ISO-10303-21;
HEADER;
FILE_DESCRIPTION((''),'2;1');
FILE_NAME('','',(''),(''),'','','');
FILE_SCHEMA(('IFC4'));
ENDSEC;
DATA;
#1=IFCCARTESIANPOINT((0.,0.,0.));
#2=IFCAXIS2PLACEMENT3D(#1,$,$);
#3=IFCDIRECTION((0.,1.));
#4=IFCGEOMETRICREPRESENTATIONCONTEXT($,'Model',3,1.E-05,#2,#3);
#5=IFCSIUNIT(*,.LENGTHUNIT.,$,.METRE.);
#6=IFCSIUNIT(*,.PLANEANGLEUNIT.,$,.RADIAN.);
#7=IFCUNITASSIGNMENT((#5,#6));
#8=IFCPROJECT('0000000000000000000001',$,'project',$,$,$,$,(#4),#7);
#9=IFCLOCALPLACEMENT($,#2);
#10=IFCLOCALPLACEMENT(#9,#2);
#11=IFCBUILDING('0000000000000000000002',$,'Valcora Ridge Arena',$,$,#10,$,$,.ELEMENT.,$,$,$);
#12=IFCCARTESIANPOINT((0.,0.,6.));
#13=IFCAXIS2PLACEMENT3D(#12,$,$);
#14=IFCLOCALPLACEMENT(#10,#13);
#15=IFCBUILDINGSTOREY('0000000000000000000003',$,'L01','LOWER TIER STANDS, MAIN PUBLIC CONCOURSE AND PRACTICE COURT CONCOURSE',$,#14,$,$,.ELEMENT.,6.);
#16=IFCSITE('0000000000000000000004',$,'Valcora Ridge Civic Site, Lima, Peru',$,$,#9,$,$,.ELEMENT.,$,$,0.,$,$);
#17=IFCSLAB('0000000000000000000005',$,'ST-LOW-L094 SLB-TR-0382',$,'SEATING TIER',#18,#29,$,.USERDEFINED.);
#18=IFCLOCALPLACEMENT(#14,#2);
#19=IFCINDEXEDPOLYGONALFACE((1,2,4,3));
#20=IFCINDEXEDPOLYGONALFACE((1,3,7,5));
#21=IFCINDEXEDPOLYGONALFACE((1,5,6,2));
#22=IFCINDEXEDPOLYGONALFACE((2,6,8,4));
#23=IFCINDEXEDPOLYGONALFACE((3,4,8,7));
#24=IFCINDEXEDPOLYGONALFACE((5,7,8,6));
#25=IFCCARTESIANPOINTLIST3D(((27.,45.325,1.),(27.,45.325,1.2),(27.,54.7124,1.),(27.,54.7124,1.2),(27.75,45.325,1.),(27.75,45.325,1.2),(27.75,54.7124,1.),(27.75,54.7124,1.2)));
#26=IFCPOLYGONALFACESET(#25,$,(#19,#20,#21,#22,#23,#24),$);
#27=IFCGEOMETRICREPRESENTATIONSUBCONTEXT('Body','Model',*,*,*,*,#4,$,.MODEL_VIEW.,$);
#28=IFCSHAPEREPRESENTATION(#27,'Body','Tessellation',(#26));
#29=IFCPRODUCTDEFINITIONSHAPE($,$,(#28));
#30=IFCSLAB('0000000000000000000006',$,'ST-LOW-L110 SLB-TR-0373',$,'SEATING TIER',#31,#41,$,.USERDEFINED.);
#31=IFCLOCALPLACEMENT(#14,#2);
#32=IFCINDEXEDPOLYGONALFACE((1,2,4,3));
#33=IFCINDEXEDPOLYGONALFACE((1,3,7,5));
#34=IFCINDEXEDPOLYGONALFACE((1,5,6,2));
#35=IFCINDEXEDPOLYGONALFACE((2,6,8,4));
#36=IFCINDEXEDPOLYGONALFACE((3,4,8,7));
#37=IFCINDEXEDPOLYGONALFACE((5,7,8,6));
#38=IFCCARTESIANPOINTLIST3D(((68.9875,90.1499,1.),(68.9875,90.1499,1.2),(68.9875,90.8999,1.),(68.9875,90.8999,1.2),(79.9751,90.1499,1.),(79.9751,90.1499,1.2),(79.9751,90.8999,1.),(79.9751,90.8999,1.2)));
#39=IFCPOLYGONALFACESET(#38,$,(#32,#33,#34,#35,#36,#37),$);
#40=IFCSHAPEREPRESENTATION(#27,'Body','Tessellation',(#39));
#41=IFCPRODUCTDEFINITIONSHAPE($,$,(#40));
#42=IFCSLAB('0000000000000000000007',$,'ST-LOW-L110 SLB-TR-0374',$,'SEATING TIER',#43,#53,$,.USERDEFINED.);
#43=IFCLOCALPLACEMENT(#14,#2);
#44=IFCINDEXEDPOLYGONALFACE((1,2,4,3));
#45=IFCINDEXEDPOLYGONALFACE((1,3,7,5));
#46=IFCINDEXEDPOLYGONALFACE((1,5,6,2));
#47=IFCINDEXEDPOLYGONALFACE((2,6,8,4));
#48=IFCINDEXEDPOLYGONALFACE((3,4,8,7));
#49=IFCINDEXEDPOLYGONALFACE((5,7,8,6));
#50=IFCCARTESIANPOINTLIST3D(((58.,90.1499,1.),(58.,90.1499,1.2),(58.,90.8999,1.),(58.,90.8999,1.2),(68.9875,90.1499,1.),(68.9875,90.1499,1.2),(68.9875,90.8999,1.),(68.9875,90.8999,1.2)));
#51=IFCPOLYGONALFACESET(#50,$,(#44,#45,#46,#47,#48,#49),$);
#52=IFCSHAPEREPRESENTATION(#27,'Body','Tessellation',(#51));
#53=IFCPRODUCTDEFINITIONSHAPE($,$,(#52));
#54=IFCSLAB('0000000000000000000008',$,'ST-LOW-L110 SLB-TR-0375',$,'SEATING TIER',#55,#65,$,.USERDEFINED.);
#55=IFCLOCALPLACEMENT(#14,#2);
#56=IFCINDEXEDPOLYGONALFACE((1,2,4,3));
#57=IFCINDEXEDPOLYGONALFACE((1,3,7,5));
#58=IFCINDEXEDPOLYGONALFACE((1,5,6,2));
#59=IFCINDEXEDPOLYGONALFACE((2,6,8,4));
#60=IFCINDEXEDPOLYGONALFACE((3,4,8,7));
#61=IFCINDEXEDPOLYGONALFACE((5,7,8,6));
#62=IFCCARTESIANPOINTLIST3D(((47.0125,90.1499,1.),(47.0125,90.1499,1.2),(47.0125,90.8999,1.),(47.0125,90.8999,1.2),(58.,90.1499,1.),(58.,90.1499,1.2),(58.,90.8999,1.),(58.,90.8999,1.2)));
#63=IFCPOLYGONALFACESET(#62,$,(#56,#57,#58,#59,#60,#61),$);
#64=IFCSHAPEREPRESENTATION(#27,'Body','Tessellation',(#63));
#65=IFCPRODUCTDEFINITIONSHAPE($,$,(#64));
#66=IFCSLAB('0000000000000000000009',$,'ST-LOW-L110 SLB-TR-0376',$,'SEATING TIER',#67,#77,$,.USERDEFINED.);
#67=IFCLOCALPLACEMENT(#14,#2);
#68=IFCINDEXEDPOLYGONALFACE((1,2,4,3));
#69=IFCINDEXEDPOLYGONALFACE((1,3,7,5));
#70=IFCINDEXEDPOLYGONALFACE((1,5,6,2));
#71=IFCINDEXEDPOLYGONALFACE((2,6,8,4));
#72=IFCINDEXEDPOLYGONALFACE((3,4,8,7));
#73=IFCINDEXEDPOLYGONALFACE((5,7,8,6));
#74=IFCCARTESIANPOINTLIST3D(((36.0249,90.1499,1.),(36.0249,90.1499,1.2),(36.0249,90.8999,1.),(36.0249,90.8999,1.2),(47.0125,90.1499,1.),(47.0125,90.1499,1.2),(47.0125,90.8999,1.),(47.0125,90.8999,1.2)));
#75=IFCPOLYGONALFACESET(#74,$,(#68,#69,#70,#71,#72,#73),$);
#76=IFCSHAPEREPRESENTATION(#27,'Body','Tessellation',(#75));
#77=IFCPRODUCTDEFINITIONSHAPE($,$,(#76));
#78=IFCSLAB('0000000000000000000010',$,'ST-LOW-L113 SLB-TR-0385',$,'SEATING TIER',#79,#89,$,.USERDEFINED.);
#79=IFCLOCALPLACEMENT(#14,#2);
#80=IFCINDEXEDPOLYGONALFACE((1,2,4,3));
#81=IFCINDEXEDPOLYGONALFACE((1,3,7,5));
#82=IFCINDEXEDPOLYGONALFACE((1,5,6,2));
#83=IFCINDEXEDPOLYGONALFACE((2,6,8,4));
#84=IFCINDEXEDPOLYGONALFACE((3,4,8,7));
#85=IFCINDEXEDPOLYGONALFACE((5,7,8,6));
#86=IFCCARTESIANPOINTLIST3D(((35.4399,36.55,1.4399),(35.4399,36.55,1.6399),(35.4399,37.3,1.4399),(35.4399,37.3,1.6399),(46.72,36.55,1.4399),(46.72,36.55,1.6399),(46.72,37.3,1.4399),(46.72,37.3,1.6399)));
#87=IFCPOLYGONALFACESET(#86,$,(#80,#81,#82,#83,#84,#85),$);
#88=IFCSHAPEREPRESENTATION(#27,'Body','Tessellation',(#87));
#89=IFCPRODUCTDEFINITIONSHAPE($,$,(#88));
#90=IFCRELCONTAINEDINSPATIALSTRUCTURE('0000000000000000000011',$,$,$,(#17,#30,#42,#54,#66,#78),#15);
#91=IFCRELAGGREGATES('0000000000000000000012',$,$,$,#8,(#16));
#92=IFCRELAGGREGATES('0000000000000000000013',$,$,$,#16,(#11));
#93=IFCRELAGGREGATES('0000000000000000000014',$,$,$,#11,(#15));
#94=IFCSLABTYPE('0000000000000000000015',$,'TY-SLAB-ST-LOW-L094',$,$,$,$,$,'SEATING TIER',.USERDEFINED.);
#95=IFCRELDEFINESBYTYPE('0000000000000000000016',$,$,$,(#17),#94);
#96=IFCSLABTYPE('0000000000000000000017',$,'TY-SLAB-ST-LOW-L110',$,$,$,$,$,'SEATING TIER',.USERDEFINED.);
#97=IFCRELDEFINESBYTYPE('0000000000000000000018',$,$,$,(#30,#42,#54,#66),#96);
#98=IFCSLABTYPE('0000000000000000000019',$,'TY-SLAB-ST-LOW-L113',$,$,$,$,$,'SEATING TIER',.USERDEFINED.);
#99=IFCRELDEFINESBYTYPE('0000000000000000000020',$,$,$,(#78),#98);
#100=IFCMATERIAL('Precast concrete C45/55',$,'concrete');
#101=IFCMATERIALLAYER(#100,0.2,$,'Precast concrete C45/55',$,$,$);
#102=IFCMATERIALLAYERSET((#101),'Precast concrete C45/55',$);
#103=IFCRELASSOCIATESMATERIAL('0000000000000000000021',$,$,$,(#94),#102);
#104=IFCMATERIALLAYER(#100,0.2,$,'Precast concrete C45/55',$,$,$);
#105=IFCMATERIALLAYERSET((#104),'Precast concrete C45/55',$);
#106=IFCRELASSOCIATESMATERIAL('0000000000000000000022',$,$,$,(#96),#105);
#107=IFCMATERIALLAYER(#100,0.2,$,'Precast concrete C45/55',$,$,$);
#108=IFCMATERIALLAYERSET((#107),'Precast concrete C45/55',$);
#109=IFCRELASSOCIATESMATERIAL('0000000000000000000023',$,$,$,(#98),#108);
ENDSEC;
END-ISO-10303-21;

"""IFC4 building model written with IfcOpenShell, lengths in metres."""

from ifc_helpers import new_model, si_unit, direction, frame, origin, place, context, subcontext, project, spatial, polyline, outline, extrude, material, layer, layer_set, type_object, element, save


model = new_model("IFC4")

# Units and contexts
model_context = context("Model", 3, precision=1e-05, world=origin(), true_north=direction((0.0, 1.0)))
body_context = subcontext(model_context, "Body", "Model", "MODEL_VIEW")
ifc_project = project(units=[si_unit("LENGTHUNIT", "METRE"), si_unit("PLANEANGLEUNIT", "RADIAN")], contexts=[model_context])

# Site, building, storey
site_placement = place(None, origin())
site = spatial("IfcSite", under=ifc_project, at=site_placement, Name="Valcora Ridge Civic Site, Lima, Peru", CompositionType="ELEMENT", RefElevation=0.0)
building_placement = place(site_placement, origin())
building = spatial("IfcBuilding", under=site, at=building_placement, Name="Valcora Ridge Arena", CompositionType="ELEMENT")
storey_placement = place(building_placement, frame((0.0, 0.0, 6.0)))
storey = spatial("IfcBuildingStorey", under=building, at=storey_placement, Name="L01", Description="LOWER TIER STANDS, MAIN PUBLIC CONCOURSE AND PRACTICE COURT CONCOURSE", CompositionType="ELEMENT", Elevation=6.0)

# Slabs
ifc_material = material(Name="Precast concrete C45/55", Category="concrete")
ifc_layer_1 = layer(ifc_material, 0.2, Name="Precast concrete C45/55")
ifc_layer_set_1 = layer_set([ifc_layer_1], Name="Precast concrete C45/55")
slab_type_1 = type_object("IfcSlabType", Name="TY-SLAB-ST-LOW-L094", ElementType="SEATING TIER", PredefinedType="USERDEFINED", material=ifc_layer_set_1)
slab_1_placement = place(storey_placement, frame((0.0, 0.0, 1.0)))
element("IfcSlab", 1, at=slab_1_placement, inside=storey, type_object=slab_type_1, Name="ST-LOW-L094 SLB-TR-0382", ObjectType="SEATING TIER", PredefinedType="USERDEFINED", context=body_context, shape_type="SweptSolid", body=[
    extrude(outline(polyline([(27.75, 54.7124), (27.75, 45.325), (27.0, 45.325), (27.0, 54.7124), (27.75, 54.7124)])), origin(), (0.0, 0.0, 1.0), 0.2),
])
ifc_layer_2 = layer(ifc_material, 0.2, Name="Precast concrete C45/55")
ifc_layer_set_2 = layer_set([ifc_layer_2], Name="Precast concrete C45/55")
slab_type_2 = type_object("IfcSlabType", Name="TY-SLAB-ST-LOW-L110", ElementType="SEATING TIER", PredefinedType="USERDEFINED", material=ifc_layer_set_2)
slab_2_placement = place(storey_placement, frame((0.0, 0.0, 1.0)))
element("IfcSlab", 2, at=slab_2_placement, inside=storey, type_object=slab_type_2, Name="ST-LOW-L110 SLB-TR-0373", ObjectType="SEATING TIER", PredefinedType="USERDEFINED", context=body_context, shape_type="SweptSolid", body=[
    extrude(outline(polyline([(79.9751, 90.1499), (68.9875, 90.1499), (68.9875, 90.8999), (79.9751, 90.8999), (79.9751, 90.1499)])), origin(), (0.0, 0.0, 1.0), 0.2),
])
slab_3_placement = place(storey_placement, frame((0.0, 0.0, 1.0)))
element("IfcSlab", 3, at=slab_3_placement, inside=storey, type_object=slab_type_2, Name="ST-LOW-L110 SLB-TR-0374", ObjectType="SEATING TIER", PredefinedType="USERDEFINED", context=body_context, shape_type="SweptSolid", body=[
    extrude(outline(polyline([(68.9875, 90.1499), (58.0, 90.1499), (58.0, 90.8999), (68.9875, 90.8999), (68.9875, 90.1499)])), origin(), (0.0, 0.0, 1.0), 0.2),
])
slab_4_placement = place(storey_placement, frame((0.0, 0.0, 1.0)))
element("IfcSlab", 4, at=slab_4_placement, inside=storey, type_object=slab_type_2, Name="ST-LOW-L110 SLB-TR-0375", ObjectType="SEATING TIER", PredefinedType="USERDEFINED", context=body_context, shape_type="SweptSolid", body=[
    extrude(outline(polyline([(58.0, 90.1499), (47.0125, 90.1499), (47.0125, 90.8999), (58.0, 90.8999), (58.0, 90.1499)])), origin(), (0.0, 0.0, 1.0), 0.2),
])
slab_5_placement = place(storey_placement, frame((0.0, 0.0, 1.0)))
element("IfcSlab", 5, at=slab_5_placement, inside=storey, type_object=slab_type_2, Name="ST-LOW-L110 SLB-TR-0376", ObjectType="SEATING TIER", PredefinedType="USERDEFINED", context=body_context, shape_type="SweptSolid", body=[
    extrude(outline(polyline([(47.0125, 90.1499), (36.0249, 90.1499), (36.0249, 90.8999), (47.0125, 90.8999), (47.0125, 90.1499)])), origin(), (0.0, 0.0, 1.0), 0.2),
])
ifc_layer_3 = layer(ifc_material, 0.2, Name="Precast concrete C45/55")
ifc_layer_set_3 = layer_set([ifc_layer_3], Name="Precast concrete C45/55")
slab_type_3 = type_object("IfcSlabType", Name="TY-SLAB-ST-LOW-L113", ElementType="SEATING TIER", PredefinedType="USERDEFINED", material=ifc_layer_set_3)
slab_6_placement = place(storey_placement, frame((0.0, 0.0, 1.4399)))
element("IfcSlab", 6, at=slab_6_placement, inside=storey, type_object=slab_type_3, Name="ST-LOW-L113 SLB-TR-0385", ObjectType="SEATING TIER", PredefinedType="USERDEFINED", context=body_context, shape_type="SweptSolid", body=[
    extrude(outline(polyline([(35.4399, 37.3), (46.72, 37.3), (46.72, 36.55), (35.4399, 36.55), (35.4399, 37.3)])), origin(), (0.0, 0.0, 1.0), 0.2),
])

save(model, "model.ifc")
